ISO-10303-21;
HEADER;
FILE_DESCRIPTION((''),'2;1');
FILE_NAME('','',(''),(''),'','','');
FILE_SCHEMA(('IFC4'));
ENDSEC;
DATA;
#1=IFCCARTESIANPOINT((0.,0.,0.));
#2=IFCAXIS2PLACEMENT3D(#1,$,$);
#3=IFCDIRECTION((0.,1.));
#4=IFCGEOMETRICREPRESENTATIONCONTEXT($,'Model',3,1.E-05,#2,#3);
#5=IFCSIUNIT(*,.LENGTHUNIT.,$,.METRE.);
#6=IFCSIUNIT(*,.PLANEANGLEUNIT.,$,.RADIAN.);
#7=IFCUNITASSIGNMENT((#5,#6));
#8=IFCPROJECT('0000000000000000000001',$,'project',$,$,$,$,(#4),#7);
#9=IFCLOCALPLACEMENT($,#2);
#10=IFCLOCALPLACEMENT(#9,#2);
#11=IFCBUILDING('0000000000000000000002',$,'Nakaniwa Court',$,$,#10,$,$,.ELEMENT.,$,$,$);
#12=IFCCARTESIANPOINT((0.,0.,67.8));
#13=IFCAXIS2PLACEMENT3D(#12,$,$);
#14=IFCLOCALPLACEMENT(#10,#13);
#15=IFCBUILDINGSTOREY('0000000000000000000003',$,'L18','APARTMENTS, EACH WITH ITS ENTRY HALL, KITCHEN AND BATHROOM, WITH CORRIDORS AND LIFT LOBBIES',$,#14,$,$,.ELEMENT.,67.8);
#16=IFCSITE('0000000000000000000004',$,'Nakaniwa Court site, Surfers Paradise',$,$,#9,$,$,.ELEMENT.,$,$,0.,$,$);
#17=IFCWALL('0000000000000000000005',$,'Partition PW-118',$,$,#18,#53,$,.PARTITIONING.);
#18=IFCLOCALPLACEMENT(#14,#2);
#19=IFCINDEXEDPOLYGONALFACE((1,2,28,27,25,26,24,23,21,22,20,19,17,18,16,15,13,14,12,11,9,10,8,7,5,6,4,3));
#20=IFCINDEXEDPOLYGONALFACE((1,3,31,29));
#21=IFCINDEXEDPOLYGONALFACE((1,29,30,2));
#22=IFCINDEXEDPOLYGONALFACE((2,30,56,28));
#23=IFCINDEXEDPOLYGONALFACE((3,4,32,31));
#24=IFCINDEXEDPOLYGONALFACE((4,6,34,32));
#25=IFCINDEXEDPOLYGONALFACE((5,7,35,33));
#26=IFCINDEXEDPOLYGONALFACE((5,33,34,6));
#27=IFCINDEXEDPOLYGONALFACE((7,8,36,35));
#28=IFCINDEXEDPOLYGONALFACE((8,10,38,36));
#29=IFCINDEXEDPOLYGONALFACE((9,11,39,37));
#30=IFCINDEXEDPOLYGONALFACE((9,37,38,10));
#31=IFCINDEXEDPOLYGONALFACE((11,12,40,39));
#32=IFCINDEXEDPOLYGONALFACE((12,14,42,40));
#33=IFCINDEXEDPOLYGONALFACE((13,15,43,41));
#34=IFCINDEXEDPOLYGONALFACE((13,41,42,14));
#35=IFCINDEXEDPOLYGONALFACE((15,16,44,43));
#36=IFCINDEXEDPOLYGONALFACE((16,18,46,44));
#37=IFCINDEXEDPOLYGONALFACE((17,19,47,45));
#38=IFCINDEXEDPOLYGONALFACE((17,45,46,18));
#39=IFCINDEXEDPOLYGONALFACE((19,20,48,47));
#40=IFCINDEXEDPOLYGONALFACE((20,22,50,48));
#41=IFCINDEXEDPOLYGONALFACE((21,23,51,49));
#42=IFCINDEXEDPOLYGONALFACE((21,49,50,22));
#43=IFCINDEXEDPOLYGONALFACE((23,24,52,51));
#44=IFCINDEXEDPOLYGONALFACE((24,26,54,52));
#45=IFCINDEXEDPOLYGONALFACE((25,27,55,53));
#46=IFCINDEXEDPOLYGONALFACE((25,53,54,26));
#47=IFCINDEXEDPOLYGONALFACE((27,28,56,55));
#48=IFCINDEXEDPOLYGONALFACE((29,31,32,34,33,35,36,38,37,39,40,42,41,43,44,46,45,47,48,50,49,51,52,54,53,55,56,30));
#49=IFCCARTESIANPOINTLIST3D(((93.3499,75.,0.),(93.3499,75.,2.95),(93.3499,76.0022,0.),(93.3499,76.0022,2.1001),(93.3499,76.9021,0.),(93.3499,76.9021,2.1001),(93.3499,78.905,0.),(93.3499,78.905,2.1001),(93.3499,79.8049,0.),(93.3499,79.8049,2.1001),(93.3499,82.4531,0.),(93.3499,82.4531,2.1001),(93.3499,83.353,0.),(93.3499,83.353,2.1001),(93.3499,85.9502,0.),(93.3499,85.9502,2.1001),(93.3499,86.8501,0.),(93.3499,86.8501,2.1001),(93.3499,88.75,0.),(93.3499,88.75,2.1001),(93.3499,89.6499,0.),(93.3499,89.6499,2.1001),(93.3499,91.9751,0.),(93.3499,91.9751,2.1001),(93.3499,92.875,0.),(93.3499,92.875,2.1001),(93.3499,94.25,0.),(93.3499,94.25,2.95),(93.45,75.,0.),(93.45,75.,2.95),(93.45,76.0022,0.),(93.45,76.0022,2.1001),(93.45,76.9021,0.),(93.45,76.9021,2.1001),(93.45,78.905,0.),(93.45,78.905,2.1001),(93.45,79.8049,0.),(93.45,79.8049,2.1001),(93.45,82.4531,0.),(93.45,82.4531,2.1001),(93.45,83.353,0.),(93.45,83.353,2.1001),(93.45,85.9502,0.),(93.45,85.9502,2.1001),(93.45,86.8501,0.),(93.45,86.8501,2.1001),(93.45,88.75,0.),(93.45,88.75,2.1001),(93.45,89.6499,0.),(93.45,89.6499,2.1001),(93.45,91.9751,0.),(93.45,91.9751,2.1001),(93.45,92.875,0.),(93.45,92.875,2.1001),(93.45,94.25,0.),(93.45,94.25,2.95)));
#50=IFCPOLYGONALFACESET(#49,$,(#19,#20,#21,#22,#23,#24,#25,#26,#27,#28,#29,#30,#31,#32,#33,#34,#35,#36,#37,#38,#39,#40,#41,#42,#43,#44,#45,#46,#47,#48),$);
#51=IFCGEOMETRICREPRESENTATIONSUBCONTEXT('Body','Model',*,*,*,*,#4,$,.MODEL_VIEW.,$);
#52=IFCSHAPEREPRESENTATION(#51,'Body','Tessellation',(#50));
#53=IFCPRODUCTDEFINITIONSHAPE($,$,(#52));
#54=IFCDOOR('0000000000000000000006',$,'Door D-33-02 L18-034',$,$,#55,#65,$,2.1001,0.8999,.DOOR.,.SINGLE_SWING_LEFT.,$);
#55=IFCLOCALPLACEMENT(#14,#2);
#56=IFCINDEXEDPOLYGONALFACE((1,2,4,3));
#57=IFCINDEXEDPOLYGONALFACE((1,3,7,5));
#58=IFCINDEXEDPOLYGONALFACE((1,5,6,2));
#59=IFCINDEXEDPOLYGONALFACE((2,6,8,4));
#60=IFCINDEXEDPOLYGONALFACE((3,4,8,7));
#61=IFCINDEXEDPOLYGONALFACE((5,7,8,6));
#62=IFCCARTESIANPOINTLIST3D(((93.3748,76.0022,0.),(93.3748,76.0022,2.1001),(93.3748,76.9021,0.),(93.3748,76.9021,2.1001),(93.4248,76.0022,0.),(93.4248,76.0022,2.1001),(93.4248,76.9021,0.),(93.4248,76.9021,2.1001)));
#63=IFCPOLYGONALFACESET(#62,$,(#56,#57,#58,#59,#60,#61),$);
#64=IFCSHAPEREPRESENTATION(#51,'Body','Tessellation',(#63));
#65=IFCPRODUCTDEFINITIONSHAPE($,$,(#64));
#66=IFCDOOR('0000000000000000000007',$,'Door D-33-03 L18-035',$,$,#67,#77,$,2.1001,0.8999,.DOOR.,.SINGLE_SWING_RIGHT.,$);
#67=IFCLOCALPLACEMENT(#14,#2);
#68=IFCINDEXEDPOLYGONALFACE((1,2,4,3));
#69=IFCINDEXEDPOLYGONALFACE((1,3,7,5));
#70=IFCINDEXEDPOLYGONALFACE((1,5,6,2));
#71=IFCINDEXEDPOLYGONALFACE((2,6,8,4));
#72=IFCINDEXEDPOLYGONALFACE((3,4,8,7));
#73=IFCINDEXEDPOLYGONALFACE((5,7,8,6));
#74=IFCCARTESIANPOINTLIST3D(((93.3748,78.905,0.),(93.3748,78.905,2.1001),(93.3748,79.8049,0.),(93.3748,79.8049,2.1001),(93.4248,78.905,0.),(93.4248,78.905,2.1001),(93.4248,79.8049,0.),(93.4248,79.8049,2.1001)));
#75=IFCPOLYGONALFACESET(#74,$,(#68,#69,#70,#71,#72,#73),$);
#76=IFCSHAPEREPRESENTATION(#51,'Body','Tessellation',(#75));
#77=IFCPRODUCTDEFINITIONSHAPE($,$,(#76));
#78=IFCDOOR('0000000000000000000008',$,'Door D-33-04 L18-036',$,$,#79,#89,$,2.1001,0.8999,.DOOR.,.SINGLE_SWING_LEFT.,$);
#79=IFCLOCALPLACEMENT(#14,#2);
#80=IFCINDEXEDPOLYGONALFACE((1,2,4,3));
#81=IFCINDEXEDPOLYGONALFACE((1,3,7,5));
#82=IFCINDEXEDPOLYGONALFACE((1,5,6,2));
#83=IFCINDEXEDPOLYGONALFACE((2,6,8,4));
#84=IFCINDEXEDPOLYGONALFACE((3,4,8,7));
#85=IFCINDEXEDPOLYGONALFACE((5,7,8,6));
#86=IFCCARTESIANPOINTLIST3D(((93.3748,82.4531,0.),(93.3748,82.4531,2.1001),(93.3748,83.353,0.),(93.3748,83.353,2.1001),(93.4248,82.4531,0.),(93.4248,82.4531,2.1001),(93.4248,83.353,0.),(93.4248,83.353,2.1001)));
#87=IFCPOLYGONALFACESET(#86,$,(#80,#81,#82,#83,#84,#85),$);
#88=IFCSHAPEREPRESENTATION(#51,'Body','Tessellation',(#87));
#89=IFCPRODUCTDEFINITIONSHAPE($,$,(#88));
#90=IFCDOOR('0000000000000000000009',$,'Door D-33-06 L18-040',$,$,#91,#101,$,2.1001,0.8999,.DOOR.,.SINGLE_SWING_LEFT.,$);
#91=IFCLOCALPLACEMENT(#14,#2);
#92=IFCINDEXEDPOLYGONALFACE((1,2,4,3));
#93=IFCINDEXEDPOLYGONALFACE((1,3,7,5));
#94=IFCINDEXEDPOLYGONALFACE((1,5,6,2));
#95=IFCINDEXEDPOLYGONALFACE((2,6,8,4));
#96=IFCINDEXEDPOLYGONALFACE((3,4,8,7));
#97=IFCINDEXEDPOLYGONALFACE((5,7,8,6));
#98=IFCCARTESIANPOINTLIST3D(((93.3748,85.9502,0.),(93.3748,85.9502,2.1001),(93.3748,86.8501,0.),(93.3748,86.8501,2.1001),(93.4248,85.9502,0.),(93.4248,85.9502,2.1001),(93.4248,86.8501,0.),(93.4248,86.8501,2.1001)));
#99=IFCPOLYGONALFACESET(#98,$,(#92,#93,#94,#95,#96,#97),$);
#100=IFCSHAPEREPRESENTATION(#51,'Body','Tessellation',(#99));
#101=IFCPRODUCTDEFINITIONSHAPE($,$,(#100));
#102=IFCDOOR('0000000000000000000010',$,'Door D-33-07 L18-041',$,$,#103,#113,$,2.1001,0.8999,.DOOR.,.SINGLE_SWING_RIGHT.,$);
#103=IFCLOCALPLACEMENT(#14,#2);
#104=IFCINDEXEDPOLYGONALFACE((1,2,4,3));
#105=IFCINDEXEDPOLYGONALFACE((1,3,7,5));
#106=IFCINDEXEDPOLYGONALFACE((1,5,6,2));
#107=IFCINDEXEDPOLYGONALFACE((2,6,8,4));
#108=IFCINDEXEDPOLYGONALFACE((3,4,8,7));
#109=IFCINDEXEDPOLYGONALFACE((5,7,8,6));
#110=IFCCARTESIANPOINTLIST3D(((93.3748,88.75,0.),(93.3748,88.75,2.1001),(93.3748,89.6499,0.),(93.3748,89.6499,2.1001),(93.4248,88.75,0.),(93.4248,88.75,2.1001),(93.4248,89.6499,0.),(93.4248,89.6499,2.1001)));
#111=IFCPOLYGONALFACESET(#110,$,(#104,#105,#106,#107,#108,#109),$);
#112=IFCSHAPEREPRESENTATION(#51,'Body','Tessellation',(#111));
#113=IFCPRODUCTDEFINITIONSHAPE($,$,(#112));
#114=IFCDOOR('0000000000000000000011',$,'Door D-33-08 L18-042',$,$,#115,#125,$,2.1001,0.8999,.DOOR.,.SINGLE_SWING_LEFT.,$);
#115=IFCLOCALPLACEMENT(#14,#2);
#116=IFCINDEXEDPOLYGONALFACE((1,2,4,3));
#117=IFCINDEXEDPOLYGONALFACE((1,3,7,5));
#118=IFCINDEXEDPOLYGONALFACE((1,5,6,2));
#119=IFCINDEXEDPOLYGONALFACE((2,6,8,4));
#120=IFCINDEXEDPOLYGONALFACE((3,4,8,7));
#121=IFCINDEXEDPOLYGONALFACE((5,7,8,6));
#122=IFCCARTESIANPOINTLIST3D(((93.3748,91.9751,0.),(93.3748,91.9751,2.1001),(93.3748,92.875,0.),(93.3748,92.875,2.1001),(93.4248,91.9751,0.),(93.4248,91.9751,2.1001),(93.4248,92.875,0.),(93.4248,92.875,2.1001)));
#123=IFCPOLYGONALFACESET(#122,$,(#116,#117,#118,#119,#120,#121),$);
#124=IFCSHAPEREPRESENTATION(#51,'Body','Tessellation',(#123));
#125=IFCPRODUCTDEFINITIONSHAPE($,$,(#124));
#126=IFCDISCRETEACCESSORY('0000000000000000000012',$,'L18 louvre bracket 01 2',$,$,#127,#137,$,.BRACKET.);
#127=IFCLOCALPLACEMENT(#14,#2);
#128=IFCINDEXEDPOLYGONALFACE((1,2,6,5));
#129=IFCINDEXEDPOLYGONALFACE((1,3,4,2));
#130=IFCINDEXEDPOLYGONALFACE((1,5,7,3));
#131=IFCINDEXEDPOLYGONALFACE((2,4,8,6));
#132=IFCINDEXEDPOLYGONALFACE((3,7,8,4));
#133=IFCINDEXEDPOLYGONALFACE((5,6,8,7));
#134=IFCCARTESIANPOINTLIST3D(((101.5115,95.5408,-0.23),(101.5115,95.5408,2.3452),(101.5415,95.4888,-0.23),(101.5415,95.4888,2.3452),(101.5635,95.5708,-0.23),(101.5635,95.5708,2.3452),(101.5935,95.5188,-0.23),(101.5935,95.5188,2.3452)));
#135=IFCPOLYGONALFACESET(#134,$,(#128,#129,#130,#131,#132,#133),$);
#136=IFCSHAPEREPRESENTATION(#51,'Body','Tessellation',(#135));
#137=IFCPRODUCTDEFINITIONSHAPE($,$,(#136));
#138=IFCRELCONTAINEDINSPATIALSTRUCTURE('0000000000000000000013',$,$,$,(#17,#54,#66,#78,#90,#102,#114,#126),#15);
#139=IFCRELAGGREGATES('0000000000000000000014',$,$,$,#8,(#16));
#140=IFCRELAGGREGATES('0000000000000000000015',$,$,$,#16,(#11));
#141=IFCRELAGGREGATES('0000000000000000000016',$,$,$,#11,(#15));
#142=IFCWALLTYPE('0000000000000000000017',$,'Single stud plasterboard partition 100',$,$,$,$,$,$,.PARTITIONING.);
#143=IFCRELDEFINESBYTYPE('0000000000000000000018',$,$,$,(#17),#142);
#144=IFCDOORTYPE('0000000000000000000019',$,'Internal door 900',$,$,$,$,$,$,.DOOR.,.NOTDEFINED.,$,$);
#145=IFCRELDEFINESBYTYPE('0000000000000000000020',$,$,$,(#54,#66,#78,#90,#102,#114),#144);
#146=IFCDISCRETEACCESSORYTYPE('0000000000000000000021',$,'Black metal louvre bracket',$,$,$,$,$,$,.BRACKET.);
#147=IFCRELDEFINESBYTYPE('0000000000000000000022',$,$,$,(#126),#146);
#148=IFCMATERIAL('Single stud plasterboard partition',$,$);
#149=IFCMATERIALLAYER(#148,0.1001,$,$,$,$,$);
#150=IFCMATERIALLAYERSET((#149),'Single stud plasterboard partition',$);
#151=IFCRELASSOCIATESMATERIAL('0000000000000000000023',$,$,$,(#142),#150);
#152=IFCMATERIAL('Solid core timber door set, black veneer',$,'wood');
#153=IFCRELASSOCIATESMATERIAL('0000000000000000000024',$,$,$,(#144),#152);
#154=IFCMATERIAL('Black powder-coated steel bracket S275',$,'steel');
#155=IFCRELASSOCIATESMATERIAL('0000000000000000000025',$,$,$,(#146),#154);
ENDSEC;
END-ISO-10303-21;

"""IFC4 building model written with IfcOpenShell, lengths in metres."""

from ifc_helpers import new_model, si_unit, direction, frame, frame_2d, origin, origin_2d, place, context, subcontext, project, spatial, rectangle, extrude, material, layer, layer_set, type_object, element, fill, save


model = new_model("IFC4")

# Units and contexts
model_context = context("Model", 3, precision=1e-05, world=origin(), true_north=direction((0.0, 1.0)))
body_context = subcontext(model_context, "Body", "Model", "MODEL_VIEW")
ifc_project = project(units=[si_unit("LENGTHUNIT", "METRE"), si_unit("PLANEANGLEUNIT", "RADIAN")], contexts=[model_context])

# Site, building, storey
site_placement = place(None, origin())
site = spatial("IfcSite", under=ifc_project, at=site_placement, Name="Nakaniwa Court site, Surfers Paradise", CompositionType="ELEMENT", RefElevation=0.0)
building_placement = place(site_placement, origin())
building = spatial("IfcBuilding", under=site, at=building_placement, Name="Nakaniwa Court", CompositionType="ELEMENT")
storey_placement = place(building_placement, frame((0.0, 0.0, 67.8)))
storey = spatial("IfcBuildingStorey", under=building, at=storey_placement, Name="L18", Description="APARTMENTS, EACH WITH ITS ENTRY HALL, KITCHEN AND BATHROOM, WITH CORRIDORS AND LIFT LOBBIES", CompositionType="ELEMENT", Elevation=67.8)

# Shared definitions
ifc_material_1 = material(Name="Solid core timber door set, black veneer", Category="wood")

# Wall, openings, doors
ifc_material_2 = material(Name="Single stud plasterboard partition")
ifc_layer_1 = layer(ifc_material_2, 0.1001)
ifc_layer_set_1 = layer_set([ifc_layer_1], Name="Single stud plasterboard partition")
wall_type_1 = type_object("IfcWallType", Name="Single stud plasterboard partition 100", PredefinedType="PARTITIONING", material=ifc_layer_set_1)
wall_1_placement = place(storey_placement, frame((93.3999, 94.25, 0.0), z_axis=(0.0, 0.0, 1.0), x_axis=(0.0, -1.0, 0.0)))
wall_1 = element("IfcWall", 1, at=wall_1_placement, inside=storey, type_object=wall_type_1, Name="Partition PW-118", PredefinedType="PARTITIONING", context=body_context, shape_type="SweptSolid", body=[
    extrude(rectangle(XDim=19.25, YDim=0.1001, at=frame_2d((9.625, 0.0))), origin(), (0.0, 0.0, 1.0), 2.95),
])
opening_1_placement = place(wall_1_placement, frame((17.3479, 0.0, 0.0)))
opening_1 = element("IfcOpeningElement", 2, at=opening_1_placement, cuts=wall_1, PredefinedType="OPENING", context=body_context, shape_type="SweptSolid", body=[
    extrude(rectangle(XDim=0.8999, YDim=2.1001, at=frame_2d((0.45, 1.05))), frame((0.0, 0.0601, 0.0), z_axis=(0.0, -1.0, 0.0), x_axis=(1.0, 0.0, 0.0)), (0.0, 0.0, 1.0), 0.1201),
])
opening_2_placement = place(wall_1_placement, frame((14.4451, 0.0, 0.0)))
opening_2 = element("IfcOpeningElement", 3, at=opening_2_placement, cuts=wall_1, PredefinedType="OPENING", context=body_context, shape_type="SweptSolid", body=[
    extrude(rectangle(XDim=0.8999, YDim=2.1001, at=frame_2d((0.45, 1.05))), frame((0.0, 0.0601, 0.0), z_axis=(0.0, -1.0, 0.0), x_axis=(1.0, 0.0, 0.0)), (0.0, 0.0, 1.0), 0.1201),
])
opening_3_placement = place(wall_1_placement, frame((10.897, 0.0, 0.0)))
opening_3 = element("IfcOpeningElement", 4, at=opening_3_placement, cuts=wall_1, PredefinedType="OPENING", context=body_context, shape_type="SweptSolid", body=[
    extrude(rectangle(XDim=0.8999, YDim=2.1001, at=frame_2d((0.45, 1.05))), frame((0.0, 0.0601, 0.0), z_axis=(0.0, -1.0, 0.0), x_axis=(1.0, 0.0, 0.0)), (0.0, 0.0, 1.0), 0.1201),
])
opening_4_placement = place(wall_1_placement, frame((7.3999, 0.0, 0.0)))
opening_4 = element("IfcOpeningElement", 5, at=opening_4_placement, cuts=wall_1, PredefinedType="OPENING", context=body_context, shape_type="SweptSolid", body=[
    extrude(rectangle(XDim=0.8999, YDim=2.1001, at=frame_2d((0.45, 1.05))), frame((0.0, 0.0601, 0.0), z_axis=(0.0, -1.0, 0.0), x_axis=(1.0, 0.0, 0.0)), (0.0, 0.0, 1.0), 0.1201),
])
opening_5_placement = place(wall_1_placement, frame((4.6001, 0.0, 0.0)))
opening_5 = element("IfcOpeningElement", 6, at=opening_5_placement, cuts=wall_1, PredefinedType="OPENING", context=body_context, shape_type="SweptSolid", body=[
    extrude(rectangle(XDim=0.8999, YDim=2.1001, at=frame_2d((0.45, 1.05))), frame((0.0, 0.0601, 0.0), z_axis=(0.0, -1.0, 0.0), x_axis=(1.0, 0.0, 0.0)), (0.0, 0.0, 1.0), 0.1201),
])
opening_6_placement = place(wall_1_placement, frame((1.375, 0.0, 0.0)))
opening_6 = element("IfcOpeningElement", 7, at=opening_6_placement, cuts=wall_1, PredefinedType="OPENING", context=body_context, shape_type="SweptSolid", body=[
    extrude(rectangle(XDim=0.8999, YDim=2.1001, at=frame_2d((0.45, 1.05))), frame((0.0, 0.0601, 0.0), z_axis=(0.0, -1.0, 0.0), x_axis=(1.0, 0.0, 0.0)), (0.0, 0.0, 1.0), 0.1201),
])
door_type_1 = type_object("IfcDoorType", Name="Internal door 900", OperationType="NOTDEFINED", PredefinedType="DOOR", material=ifc_material_1)
door_1_placement = place(opening_1_placement, origin())
door_1 = element("IfcDoor", 8, at=door_1_placement, inside=storey, type_object=door_type_1, Name="Door D-33-02 L18-034", OperationType="SINGLE_SWING_LEFT", OverallHeight=2.1001, OverallWidth=0.8999, PredefinedType="DOOR", context=body_context, shape_type="SweptSolid", body=[
    extrude(rectangle(XDim=0.8999, YDim=2.1001, at=frame_2d((0.45, 1.05))), frame((0.0, 0.0249, 0.0), z_axis=(0.0, -1.0, 0.0), x_axis=(1.0, 0.0, 0.0)), (0.0, 0.0, 1.0), 0.05),
])
fill(opening_1, door_1)
door_2_placement = place(opening_2_placement, origin())
door_2 = element("IfcDoor", 9, at=door_2_placement, inside=storey, type_object=door_type_1, Name="Door D-33-03 L18-035", OperationType="SINGLE_SWING_RIGHT", OverallHeight=2.1001, OverallWidth=0.8999, PredefinedType="DOOR", context=body_context, shape_type="SweptSolid", body=[
    extrude(rectangle(XDim=0.8999, YDim=2.1001, at=frame_2d((0.45, 1.05))), frame((0.0, 0.0249, 0.0), z_axis=(0.0, -1.0, 0.0), x_axis=(1.0, 0.0, 0.0)), (0.0, 0.0, 1.0), 0.05),
])
fill(opening_2, door_2)
door_3_placement = place(opening_3_placement, origin())
door_3 = element("IfcDoor", 10, at=door_3_placement, inside=storey, type_object=door_type_1, Name="Door D-33-04 L18-036", OperationType="SINGLE_SWING_LEFT", OverallHeight=2.1001, OverallWidth=0.8999, PredefinedType="DOOR", context=body_context, shape_type="SweptSolid", body=[
    extrude(rectangle(XDim=0.8999, YDim=2.1001, at=frame_2d((0.45, 1.05))), frame((0.0, 0.0249, 0.0), z_axis=(0.0, -1.0, 0.0), x_axis=(1.0, 0.0, 0.0)), (0.0, 0.0, 1.0), 0.05),
])
fill(opening_3, door_3)
door_4_placement = place(opening_4_placement, origin())
door_4 = element("IfcDoor", 11, at=door_4_placement, inside=storey, type_object=door_type_1, Name="Door D-33-06 L18-040", OperationType="SINGLE_SWING_LEFT", OverallHeight=2.1001, OverallWidth=0.8999, PredefinedType="DOOR", context=body_context, shape_type="SweptSolid", body=[
    extrude(rectangle(XDim=0.8999, YDim=2.1001, at=frame_2d((0.45, 1.05))), frame((0.0, 0.0249, 0.0), z_axis=(0.0, -1.0, 0.0), x_axis=(1.0, 0.0, 0.0)), (0.0, 0.0, 1.0), 0.05),
])
fill(opening_4, door_4)
door_5_placement = place(opening_5_placement, origin())
door_5 = element("IfcDoor", 12, at=door_5_placement, inside=storey, type_object=door_type_1, Name="Door D-33-07 L18-041", OperationType="SINGLE_SWING_RIGHT", OverallHeight=2.1001, OverallWidth=0.8999, PredefinedType="DOOR", context=body_context, shape_type="SweptSolid", body=[
    extrude(rectangle(XDim=0.8999, YDim=2.1001, at=frame_2d((0.45, 1.05))), frame((0.0, 0.0249, 0.0), z_axis=(0.0, -1.0, 0.0), x_axis=(1.0, 0.0, 0.0)), (0.0, 0.0, 1.0), 0.05),
])
fill(opening_5, door_5)
door_6_placement = place(opening_6_placement, origin())
door_6 = element("IfcDoor", 13, at=door_6_placement, inside=storey, type_object=door_type_1, Name="Door D-33-08 L18-042", OperationType="SINGLE_SWING_LEFT", OverallHeight=2.1001, OverallWidth=0.8999, PredefinedType="DOOR", context=body_context, shape_type="SweptSolid", body=[
    extrude(rectangle(XDim=0.8999, YDim=2.1001, at=frame_2d((0.45, 1.05))), frame((0.0, 0.0249, 0.0), z_axis=(0.0, -1.0, 0.0), x_axis=(1.0, 0.0, 0.0)), (0.0, 0.0, 1.0), 0.05),
])
fill(opening_6, door_6)

# Discrete accessory
ifc_material_3 = material(Name="Black powder-coated steel bracket S275", Category="steel")
discrete_accessory_type = type_object("IfcDiscreteAccessoryType", Name="Black metal louvre bracket", PredefinedType="BRACKET", material=ifc_material_3)
discrete_accessory_placement = place(storey_placement, frame((101.5525, 95.5298, -0.23), z_axis=(0.0, 0.0, 1.0), x_axis=(-0.500005, 0.866023, 0.0)))
element("IfcDiscreteAccessory", 14, at=discrete_accessory_placement, inside=storey, type_object=discrete_accessory_type, Name="L18 louvre bracket 01 2", PredefinedType="BRACKET", context=body_context, shape_type="SweptSolid", body=[
    extrude(rectangle(XDim=0.0601, YDim=0.0601, at=origin_2d()), origin(), (0.0, 0.0, 1.0), 2.5752),
])

save(model, "model.ifc")
